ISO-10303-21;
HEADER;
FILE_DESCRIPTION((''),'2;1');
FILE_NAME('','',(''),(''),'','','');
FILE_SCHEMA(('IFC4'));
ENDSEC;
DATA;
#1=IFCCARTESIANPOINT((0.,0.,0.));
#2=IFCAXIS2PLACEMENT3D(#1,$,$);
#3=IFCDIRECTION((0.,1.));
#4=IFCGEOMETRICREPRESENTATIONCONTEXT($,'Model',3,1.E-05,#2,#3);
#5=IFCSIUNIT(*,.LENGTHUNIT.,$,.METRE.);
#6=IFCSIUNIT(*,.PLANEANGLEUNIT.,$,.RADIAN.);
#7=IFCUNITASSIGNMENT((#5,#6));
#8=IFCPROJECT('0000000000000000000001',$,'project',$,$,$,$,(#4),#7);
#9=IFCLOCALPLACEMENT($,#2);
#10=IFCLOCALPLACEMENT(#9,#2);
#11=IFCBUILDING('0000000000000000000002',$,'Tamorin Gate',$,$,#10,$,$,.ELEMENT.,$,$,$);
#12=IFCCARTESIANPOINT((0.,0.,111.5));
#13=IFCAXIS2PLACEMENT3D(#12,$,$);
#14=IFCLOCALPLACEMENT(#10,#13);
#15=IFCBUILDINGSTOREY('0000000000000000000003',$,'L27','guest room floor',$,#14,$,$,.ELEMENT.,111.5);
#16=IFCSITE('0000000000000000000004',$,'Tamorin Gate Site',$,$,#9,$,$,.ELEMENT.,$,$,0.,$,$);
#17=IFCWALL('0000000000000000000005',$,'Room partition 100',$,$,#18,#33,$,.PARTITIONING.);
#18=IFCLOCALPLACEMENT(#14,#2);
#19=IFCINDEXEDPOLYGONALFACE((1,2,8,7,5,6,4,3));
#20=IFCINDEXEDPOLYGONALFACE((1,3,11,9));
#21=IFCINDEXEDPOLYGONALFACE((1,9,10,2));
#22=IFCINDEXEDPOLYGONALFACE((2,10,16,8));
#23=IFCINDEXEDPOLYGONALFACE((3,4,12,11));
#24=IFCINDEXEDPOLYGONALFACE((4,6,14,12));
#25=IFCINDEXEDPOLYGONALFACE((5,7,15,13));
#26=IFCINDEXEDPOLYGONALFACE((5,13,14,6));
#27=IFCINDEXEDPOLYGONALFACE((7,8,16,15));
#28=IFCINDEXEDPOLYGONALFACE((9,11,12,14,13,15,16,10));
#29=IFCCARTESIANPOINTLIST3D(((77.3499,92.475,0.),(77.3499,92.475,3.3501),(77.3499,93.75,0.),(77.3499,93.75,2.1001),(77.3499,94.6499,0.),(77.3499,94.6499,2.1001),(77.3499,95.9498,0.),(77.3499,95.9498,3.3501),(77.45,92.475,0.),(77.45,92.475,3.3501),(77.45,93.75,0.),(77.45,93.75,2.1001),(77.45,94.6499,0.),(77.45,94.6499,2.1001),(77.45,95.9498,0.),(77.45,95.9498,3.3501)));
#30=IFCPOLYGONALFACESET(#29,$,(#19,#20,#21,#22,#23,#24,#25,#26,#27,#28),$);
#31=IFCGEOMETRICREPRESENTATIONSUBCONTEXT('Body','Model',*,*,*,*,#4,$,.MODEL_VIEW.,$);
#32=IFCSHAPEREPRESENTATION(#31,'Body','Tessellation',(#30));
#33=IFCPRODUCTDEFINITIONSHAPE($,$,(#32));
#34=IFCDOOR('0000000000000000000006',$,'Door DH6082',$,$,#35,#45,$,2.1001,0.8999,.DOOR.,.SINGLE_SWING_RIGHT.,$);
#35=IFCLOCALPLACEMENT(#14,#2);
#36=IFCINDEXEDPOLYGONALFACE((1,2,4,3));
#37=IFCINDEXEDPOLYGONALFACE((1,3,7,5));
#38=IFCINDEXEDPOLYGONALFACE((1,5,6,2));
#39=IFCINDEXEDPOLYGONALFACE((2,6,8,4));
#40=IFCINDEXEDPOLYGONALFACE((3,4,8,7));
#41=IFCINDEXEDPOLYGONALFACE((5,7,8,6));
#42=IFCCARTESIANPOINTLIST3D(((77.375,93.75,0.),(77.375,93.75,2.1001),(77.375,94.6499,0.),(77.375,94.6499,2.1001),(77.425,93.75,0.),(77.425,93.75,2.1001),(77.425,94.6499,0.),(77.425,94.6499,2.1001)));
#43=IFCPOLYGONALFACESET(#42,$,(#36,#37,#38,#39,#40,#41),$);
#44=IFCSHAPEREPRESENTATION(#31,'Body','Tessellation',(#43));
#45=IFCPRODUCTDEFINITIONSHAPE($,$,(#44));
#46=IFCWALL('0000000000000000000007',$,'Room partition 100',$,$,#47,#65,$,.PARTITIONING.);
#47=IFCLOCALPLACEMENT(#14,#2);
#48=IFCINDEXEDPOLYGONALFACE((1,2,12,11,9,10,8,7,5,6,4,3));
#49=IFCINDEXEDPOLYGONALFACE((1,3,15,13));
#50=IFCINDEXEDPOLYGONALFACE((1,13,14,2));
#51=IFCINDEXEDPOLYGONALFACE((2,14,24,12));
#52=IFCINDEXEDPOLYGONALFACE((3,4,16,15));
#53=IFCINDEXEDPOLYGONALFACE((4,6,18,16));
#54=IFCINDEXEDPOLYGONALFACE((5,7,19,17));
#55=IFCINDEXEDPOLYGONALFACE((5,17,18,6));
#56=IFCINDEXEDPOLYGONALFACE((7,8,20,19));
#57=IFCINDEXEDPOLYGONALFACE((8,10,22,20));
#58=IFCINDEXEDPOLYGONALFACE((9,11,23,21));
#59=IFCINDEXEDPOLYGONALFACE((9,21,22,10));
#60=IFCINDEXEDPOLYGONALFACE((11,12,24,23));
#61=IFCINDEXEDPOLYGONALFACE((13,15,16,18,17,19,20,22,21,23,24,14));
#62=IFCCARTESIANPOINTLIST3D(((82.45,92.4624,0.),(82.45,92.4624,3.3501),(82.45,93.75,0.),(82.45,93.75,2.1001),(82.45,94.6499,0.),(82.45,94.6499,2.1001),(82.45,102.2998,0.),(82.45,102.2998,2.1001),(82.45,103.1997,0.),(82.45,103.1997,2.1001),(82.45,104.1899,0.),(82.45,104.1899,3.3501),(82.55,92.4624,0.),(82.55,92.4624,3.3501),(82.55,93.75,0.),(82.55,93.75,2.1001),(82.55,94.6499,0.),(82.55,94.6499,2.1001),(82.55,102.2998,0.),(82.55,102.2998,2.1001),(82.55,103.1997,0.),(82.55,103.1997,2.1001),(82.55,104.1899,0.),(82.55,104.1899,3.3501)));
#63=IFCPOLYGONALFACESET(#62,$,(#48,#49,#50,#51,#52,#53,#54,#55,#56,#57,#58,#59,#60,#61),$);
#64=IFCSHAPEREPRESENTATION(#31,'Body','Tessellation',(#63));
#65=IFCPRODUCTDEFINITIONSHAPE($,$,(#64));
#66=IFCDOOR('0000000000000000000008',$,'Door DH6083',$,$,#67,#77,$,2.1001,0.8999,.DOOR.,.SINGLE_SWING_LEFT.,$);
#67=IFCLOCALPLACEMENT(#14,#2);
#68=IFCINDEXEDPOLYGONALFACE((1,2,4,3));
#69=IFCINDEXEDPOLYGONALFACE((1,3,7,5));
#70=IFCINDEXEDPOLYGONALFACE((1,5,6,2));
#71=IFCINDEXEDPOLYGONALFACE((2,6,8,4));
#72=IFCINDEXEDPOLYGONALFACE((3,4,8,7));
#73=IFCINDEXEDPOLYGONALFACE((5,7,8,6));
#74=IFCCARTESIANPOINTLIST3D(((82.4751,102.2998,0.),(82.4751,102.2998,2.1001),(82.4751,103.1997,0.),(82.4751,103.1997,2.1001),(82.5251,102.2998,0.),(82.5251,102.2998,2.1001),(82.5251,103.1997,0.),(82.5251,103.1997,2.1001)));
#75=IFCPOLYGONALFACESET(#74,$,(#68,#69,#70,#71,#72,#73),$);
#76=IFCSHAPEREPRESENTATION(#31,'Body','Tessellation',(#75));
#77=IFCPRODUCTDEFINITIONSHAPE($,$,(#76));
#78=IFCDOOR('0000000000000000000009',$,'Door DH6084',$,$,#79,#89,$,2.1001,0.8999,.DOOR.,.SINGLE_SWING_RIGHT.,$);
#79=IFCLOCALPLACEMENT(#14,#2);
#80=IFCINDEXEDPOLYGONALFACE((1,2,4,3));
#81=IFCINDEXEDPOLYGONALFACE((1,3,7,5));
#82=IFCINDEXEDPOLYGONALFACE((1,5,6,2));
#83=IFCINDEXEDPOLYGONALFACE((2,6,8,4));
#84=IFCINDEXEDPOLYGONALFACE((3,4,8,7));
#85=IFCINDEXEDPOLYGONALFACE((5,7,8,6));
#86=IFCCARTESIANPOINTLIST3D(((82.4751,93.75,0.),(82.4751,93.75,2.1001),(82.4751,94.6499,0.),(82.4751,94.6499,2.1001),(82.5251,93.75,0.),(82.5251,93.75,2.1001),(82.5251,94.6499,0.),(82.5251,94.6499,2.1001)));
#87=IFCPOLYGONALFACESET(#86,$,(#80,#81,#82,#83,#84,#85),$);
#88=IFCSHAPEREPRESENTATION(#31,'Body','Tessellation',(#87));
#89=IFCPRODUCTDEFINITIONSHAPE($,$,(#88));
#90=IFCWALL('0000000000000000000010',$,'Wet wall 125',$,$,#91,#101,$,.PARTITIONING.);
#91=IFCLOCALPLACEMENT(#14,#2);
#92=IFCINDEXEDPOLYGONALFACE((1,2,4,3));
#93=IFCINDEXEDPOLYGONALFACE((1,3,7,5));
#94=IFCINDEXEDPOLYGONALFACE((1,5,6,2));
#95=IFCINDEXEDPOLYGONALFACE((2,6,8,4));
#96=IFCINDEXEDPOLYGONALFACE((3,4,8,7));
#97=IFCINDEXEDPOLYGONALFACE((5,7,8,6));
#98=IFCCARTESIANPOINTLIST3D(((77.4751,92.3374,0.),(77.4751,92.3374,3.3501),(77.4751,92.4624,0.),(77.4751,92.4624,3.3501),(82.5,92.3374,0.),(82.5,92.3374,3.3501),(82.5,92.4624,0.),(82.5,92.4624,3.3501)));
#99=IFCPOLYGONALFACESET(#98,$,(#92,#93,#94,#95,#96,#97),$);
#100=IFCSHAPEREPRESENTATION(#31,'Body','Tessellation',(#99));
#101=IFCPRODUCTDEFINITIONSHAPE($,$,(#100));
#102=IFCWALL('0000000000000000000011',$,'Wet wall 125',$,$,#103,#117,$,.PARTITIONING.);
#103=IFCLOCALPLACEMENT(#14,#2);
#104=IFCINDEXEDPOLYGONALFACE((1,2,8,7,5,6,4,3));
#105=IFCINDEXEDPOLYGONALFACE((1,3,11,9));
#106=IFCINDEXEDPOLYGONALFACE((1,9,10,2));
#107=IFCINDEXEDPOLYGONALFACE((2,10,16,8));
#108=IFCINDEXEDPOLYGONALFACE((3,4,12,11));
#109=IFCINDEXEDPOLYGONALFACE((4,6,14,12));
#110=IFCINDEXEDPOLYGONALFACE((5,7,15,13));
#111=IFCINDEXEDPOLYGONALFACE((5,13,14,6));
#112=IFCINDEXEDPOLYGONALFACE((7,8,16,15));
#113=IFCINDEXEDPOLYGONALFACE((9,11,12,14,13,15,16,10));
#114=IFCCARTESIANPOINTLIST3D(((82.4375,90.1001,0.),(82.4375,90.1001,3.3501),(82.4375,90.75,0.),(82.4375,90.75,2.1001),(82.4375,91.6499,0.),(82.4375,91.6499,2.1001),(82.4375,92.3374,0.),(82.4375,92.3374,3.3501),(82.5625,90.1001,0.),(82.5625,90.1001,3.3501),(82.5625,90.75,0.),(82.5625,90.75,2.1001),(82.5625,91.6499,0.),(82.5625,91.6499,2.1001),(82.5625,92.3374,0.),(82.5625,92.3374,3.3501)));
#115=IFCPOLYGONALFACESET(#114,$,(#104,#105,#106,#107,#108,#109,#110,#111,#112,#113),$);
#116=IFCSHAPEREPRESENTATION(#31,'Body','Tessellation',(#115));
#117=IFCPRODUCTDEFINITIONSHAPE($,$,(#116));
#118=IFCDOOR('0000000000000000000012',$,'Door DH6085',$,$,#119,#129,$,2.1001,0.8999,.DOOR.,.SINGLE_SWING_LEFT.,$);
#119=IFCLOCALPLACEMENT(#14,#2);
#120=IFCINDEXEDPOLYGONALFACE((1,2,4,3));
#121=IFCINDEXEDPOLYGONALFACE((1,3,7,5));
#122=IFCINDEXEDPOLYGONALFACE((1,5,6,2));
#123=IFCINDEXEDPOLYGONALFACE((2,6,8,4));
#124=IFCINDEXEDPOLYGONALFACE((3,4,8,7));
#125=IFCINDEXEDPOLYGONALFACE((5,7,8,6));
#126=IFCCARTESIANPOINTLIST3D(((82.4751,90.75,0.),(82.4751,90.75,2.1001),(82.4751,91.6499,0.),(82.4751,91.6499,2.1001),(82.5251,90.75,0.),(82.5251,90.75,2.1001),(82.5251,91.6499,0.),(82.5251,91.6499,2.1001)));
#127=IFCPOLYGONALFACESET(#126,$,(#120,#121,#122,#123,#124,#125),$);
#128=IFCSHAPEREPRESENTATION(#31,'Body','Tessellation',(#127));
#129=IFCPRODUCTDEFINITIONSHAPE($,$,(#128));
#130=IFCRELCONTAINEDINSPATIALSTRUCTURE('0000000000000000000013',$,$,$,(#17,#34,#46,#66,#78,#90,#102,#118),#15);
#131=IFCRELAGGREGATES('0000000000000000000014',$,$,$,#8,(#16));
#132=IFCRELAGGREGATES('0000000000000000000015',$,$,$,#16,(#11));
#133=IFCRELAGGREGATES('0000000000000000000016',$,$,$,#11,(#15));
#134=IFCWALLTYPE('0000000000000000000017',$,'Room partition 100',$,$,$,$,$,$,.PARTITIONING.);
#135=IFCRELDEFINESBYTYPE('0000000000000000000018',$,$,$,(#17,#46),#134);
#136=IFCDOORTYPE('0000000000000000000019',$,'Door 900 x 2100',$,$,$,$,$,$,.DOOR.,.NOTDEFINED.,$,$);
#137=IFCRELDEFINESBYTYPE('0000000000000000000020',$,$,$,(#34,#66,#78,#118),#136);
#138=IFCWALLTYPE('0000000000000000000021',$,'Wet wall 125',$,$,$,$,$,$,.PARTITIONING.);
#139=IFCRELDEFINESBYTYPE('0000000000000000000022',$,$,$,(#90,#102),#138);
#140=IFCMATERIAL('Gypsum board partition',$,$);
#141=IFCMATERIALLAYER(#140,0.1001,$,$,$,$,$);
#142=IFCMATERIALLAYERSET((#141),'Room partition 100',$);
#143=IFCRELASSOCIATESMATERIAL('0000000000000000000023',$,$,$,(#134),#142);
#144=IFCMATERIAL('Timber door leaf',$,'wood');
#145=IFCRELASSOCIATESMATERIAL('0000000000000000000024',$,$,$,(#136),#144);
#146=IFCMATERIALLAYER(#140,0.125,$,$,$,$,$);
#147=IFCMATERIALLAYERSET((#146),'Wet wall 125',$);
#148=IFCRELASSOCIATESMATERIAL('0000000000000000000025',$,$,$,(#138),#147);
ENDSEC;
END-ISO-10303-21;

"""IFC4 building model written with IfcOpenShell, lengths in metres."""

from ifc_helpers import new_model, si_unit, direction, frame, frame_2d, origin, place, context, subcontext, project, spatial, rectangle, extrude, material, layer, layer_set, type_object, element, fill, save


model = new_model("IFC4")

# Units and contexts
model_context = context("Model", 3, precision=1e-05, world=origin(), true_north=direction((0.0, 1.0)))
body_context = subcontext(model_context, "Body", "Model", "MODEL_VIEW")
ifc_project = project(units=[si_unit("LENGTHUNIT", "METRE"), si_unit("PLANEANGLEUNIT", "RADIAN")], contexts=[model_context])

# Site, building, storey
site_placement = place(None, origin())
site = spatial("IfcSite", under=ifc_project, at=site_placement, Name="Tamorin Gate Site", CompositionType="ELEMENT", RefElevation=0.0)
building_placement = place(site_placement, origin())
building = spatial("IfcBuilding", under=site, at=building_placement, Name="Tamorin Gate", CompositionType="ELEMENT")
storey_placement = place(building_placement, frame((0.0, 0.0, 111.5)))
storey = spatial("IfcBuildingStorey", under=building, at=storey_placement, Name="L27", Description="guest room floor", CompositionType="ELEMENT", Elevation=111.5)

# Shared definitions
ifc_material_1 = material(Name="Gypsum board partition")

# Wall, opening, door
ifc_layer_1 = layer(ifc_material_1, 0.1001)
ifc_layer_set_1 = layer_set([ifc_layer_1], Name="Room partition 100")
wall_type_1 = type_object("IfcWallType", Name="Room partition 100", PredefinedType="PARTITIONING", material=ifc_layer_set_1)
ifc_material_2 = material(Name="Timber door leaf", Category="wood")
door_type = type_object("IfcDoorType", Name="Door 900 x 2100", OperationType="NOTDEFINED", PredefinedType="DOOR", material=ifc_material_2)
wall_1_placement = place(storey_placement, frame((77.3999, 92.4751, 0.0), z_axis=(0.0, 0.0, 1.0), x_axis=(0.0, 1.0, 0.0)))
wall_1 = element("IfcWall", 1, at=wall_1_placement, inside=storey, type_object=wall_type_1, Name="Room partition 100", PredefinedType="PARTITIONING", context=body_context, shape_type="SweptSolid", body=[
    extrude(rectangle(XDim=3.4749, YDim=0.1001, at=frame_2d((1.7373, 0.0))), origin(), (0.0, 0.0, 1.0), 3.3501),
])
opening_1_placement = place(wall_1_placement, frame((1.2749, 0.0, 0.0)))
opening_1 = element("IfcOpeningElement", 2, at=opening_1_placement, cuts=wall_1, PredefinedType="OPENING", context=body_context, shape_type="SweptSolid", body=[
    extrude(rectangle(XDim=0.8999, YDim=2.1001, at=frame_2d((0.45, 1.05))), frame((0.0, 0.0601, 0.0), z_axis=(0.0, -1.0, 0.0), x_axis=(1.0, 0.0, 0.0)), (0.0, 0.0, 1.0), 0.1201),
])
door_1_placement = place(opening_1_placement, origin())
door_1 = element("IfcDoor", 3, at=door_1_placement, inside=storey, type_object=door_type, Name="Door DH6082", OperationType="SINGLE_SWING_RIGHT", OverallHeight=2.1001, OverallWidth=0.8999, PredefinedType="DOOR", context=body_context, shape_type="SweptSolid", body=[
    extrude(rectangle(XDim=0.8999, YDim=2.1001, at=frame_2d((0.45, 1.05))), frame((0.0, 0.0249, 0.0), z_axis=(0.0, -1.0, 0.0), x_axis=(1.0, 0.0, 0.0)), (0.0, 0.0, 1.0), 0.05),
])
fill(opening_1, door_1)

# Wall, openings, doors
wall_2_placement = place(storey_placement, frame((82.5, 92.4624, 0.0), z_axis=(0.0, 0.0, 1.0), x_axis=(0.0, 1.0, 0.0)))
wall_2 = element("IfcWall", 4, at=wall_2_placement, inside=storey, type_object=wall_type_1, Name="Room partition 100", PredefinedType="PARTITIONING", context=body_context, shape_type="SweptSolid", body=[
    extrude(rectangle(XDim=11.7275, YDim=0.1001, at=frame_2d((5.8638, 0.0))), origin(), (0.0, 0.0, 1.0), 3.3501),
])
opening_2_placement = place(wall_2_placement, frame((9.8374, 0.0, 0.0)))
opening_2 = element("IfcOpeningElement", 5, at=opening_2_placement, cuts=wall_2, PredefinedType="OPENING", context=body_context, shape_type="SweptSolid", body=[
    extrude(rectangle(XDim=0.8999, YDim=2.1001, at=frame_2d((0.45, 1.05))), frame((0.0, 0.0601, 0.0), z_axis=(0.0, -1.0, 0.0), x_axis=(1.0, 0.0, 0.0)), (0.0, 0.0, 1.0), 0.1201),
])
opening_3_placement = place(wall_2_placement, frame((1.2876, 0.0, 0.0)))
opening_3 = element("IfcOpeningElement", 6, at=opening_3_placement, cuts=wall_2, PredefinedType="OPENING", context=body_context, shape_type="SweptSolid", body=[
    extrude(rectangle(XDim=0.8999, YDim=2.1001, at=frame_2d((0.45, 1.05))), frame((0.0, 0.0601, 0.0), z_axis=(0.0, -1.0, 0.0), x_axis=(1.0, 0.0, 0.0)), (0.0, 0.0, 1.0), 0.1201),
])
door_2_placement = place(opening_2_placement, origin())
door_2 = element("IfcDoor", 7, at=door_2_placement, inside=storey, type_object=door_type, Name="Door DH6083", OperationType="SINGLE_SWING_LEFT", OverallHeight=2.1001, OverallWidth=0.8999, PredefinedType="DOOR", context=body_context, shape_type="SweptSolid", body=[
    extrude(rectangle(XDim=0.8999, YDim=2.1001, at=frame_2d((0.45, 1.05))), frame((0.0, 0.0249, 0.0), z_axis=(0.0, -1.0, 0.0), x_axis=(1.0, 0.0, 0.0)), (0.0, 0.0, 1.0), 0.05),
])
fill(opening_2, door_2)
door_3_placement = place(opening_3_placement, origin())
door_3 = element("IfcDoor", 8, at=door_3_placement, inside=storey, type_object=door_type, Name="Door DH6084", OperationType="SINGLE_SWING_RIGHT", OverallHeight=2.1001, OverallWidth=0.8999, PredefinedType="DOOR", context=body_context, shape_type="SweptSolid", body=[
    extrude(rectangle(XDim=0.8999, YDim=2.1001, at=frame_2d((0.45, 1.05))), frame((0.0, 0.0249, 0.0), z_axis=(0.0, -1.0, 0.0), x_axis=(1.0, 0.0, 0.0)), (0.0, 0.0, 1.0), 0.05),
])
fill(opening_3, door_3)

# Wall
ifc_layer_2 = layer(ifc_material_1, 0.125)
ifc_layer_set_2 = layer_set([ifc_layer_2], Name="Wet wall 125")
wall_type_2 = type_object("IfcWallType", Name="Wet wall 125", PredefinedType="PARTITIONING", material=ifc_layer_set_2)
wall_3_placement = place(storey_placement, frame((77.4751, 92.3999, 0.0), z_axis=(0.0, 0.0, 1.0), x_axis=(1.0, 0.0, 0.0)))
element("IfcWall", 9, at=wall_3_placement, inside=storey, type_object=wall_type_2, Name="Wet wall 125", PredefinedType="PARTITIONING", context=body_context, shape_type="SweptSolid", body=[
    extrude(rectangle(XDim=5.0249, YDim=0.125, at=frame_2d((2.5125, 0.0))), origin(), (0.0, 0.0, 1.0), 3.3501),
])

# Wall, opening, door
wall_4_placement = place(storey_placement, frame((82.5, 90.1001, 0.0), z_axis=(0.0, 0.0, 1.0), x_axis=(0.0, 1.0, 0.0)))
wall_4 = element("IfcWall", 10, at=wall_4_placement, inside=storey, type_object=wall_type_2, Name="Wet wall 125", PredefinedType="PARTITIONING", context=body_context, shape_type="SweptSolid", body=[
    extrude(rectangle(XDim=2.2373, YDim=0.125, at=frame_2d((1.1187, 0.0))), origin(), (0.0, 0.0, 1.0), 3.3501),
])
opening_4_placement = place(wall_4_placement, frame((0.6499, 0.0, 0.0)))
opening_4 = element("IfcOpeningElement", 11, at=opening_4_placement, cuts=wall_4, PredefinedType="OPENING", context=body_context, shape_type="SweptSolid", body=[
    extrude(rectangle(XDim=0.8999, YDim=2.1001, at=frame_2d((0.45, 1.05))), frame((0.0, 0.0725, 0.0), z_axis=(0.0, -1.0, 0.0), x_axis=(1.0, 0.0, 0.0)), (0.0, 0.0, 1.0), 0.145),
])
door_4_placement = place(opening_4_placement, origin())
door_4 = element("IfcDoor", 12, at=door_4_placement, inside=storey, type_object=door_type, Name="Door DH6085", OperationType="SINGLE_SWING_LEFT", OverallHeight=2.1001, OverallWidth=0.8999, PredefinedType="DOOR", context=body_context, shape_type="SweptSolid", body=[
    extrude(rectangle(XDim=0.8999, YDim=2.1001, at=frame_2d((0.45, 1.05))), frame((0.0, 0.0249, 0.0), z_axis=(0.0, -1.0, 0.0), x_axis=(1.0, 0.0, 0.0)), (0.0, 0.0, 1.0), 0.05),
])
fill(opening_4, door_4)

save(model, "model.ifc")
